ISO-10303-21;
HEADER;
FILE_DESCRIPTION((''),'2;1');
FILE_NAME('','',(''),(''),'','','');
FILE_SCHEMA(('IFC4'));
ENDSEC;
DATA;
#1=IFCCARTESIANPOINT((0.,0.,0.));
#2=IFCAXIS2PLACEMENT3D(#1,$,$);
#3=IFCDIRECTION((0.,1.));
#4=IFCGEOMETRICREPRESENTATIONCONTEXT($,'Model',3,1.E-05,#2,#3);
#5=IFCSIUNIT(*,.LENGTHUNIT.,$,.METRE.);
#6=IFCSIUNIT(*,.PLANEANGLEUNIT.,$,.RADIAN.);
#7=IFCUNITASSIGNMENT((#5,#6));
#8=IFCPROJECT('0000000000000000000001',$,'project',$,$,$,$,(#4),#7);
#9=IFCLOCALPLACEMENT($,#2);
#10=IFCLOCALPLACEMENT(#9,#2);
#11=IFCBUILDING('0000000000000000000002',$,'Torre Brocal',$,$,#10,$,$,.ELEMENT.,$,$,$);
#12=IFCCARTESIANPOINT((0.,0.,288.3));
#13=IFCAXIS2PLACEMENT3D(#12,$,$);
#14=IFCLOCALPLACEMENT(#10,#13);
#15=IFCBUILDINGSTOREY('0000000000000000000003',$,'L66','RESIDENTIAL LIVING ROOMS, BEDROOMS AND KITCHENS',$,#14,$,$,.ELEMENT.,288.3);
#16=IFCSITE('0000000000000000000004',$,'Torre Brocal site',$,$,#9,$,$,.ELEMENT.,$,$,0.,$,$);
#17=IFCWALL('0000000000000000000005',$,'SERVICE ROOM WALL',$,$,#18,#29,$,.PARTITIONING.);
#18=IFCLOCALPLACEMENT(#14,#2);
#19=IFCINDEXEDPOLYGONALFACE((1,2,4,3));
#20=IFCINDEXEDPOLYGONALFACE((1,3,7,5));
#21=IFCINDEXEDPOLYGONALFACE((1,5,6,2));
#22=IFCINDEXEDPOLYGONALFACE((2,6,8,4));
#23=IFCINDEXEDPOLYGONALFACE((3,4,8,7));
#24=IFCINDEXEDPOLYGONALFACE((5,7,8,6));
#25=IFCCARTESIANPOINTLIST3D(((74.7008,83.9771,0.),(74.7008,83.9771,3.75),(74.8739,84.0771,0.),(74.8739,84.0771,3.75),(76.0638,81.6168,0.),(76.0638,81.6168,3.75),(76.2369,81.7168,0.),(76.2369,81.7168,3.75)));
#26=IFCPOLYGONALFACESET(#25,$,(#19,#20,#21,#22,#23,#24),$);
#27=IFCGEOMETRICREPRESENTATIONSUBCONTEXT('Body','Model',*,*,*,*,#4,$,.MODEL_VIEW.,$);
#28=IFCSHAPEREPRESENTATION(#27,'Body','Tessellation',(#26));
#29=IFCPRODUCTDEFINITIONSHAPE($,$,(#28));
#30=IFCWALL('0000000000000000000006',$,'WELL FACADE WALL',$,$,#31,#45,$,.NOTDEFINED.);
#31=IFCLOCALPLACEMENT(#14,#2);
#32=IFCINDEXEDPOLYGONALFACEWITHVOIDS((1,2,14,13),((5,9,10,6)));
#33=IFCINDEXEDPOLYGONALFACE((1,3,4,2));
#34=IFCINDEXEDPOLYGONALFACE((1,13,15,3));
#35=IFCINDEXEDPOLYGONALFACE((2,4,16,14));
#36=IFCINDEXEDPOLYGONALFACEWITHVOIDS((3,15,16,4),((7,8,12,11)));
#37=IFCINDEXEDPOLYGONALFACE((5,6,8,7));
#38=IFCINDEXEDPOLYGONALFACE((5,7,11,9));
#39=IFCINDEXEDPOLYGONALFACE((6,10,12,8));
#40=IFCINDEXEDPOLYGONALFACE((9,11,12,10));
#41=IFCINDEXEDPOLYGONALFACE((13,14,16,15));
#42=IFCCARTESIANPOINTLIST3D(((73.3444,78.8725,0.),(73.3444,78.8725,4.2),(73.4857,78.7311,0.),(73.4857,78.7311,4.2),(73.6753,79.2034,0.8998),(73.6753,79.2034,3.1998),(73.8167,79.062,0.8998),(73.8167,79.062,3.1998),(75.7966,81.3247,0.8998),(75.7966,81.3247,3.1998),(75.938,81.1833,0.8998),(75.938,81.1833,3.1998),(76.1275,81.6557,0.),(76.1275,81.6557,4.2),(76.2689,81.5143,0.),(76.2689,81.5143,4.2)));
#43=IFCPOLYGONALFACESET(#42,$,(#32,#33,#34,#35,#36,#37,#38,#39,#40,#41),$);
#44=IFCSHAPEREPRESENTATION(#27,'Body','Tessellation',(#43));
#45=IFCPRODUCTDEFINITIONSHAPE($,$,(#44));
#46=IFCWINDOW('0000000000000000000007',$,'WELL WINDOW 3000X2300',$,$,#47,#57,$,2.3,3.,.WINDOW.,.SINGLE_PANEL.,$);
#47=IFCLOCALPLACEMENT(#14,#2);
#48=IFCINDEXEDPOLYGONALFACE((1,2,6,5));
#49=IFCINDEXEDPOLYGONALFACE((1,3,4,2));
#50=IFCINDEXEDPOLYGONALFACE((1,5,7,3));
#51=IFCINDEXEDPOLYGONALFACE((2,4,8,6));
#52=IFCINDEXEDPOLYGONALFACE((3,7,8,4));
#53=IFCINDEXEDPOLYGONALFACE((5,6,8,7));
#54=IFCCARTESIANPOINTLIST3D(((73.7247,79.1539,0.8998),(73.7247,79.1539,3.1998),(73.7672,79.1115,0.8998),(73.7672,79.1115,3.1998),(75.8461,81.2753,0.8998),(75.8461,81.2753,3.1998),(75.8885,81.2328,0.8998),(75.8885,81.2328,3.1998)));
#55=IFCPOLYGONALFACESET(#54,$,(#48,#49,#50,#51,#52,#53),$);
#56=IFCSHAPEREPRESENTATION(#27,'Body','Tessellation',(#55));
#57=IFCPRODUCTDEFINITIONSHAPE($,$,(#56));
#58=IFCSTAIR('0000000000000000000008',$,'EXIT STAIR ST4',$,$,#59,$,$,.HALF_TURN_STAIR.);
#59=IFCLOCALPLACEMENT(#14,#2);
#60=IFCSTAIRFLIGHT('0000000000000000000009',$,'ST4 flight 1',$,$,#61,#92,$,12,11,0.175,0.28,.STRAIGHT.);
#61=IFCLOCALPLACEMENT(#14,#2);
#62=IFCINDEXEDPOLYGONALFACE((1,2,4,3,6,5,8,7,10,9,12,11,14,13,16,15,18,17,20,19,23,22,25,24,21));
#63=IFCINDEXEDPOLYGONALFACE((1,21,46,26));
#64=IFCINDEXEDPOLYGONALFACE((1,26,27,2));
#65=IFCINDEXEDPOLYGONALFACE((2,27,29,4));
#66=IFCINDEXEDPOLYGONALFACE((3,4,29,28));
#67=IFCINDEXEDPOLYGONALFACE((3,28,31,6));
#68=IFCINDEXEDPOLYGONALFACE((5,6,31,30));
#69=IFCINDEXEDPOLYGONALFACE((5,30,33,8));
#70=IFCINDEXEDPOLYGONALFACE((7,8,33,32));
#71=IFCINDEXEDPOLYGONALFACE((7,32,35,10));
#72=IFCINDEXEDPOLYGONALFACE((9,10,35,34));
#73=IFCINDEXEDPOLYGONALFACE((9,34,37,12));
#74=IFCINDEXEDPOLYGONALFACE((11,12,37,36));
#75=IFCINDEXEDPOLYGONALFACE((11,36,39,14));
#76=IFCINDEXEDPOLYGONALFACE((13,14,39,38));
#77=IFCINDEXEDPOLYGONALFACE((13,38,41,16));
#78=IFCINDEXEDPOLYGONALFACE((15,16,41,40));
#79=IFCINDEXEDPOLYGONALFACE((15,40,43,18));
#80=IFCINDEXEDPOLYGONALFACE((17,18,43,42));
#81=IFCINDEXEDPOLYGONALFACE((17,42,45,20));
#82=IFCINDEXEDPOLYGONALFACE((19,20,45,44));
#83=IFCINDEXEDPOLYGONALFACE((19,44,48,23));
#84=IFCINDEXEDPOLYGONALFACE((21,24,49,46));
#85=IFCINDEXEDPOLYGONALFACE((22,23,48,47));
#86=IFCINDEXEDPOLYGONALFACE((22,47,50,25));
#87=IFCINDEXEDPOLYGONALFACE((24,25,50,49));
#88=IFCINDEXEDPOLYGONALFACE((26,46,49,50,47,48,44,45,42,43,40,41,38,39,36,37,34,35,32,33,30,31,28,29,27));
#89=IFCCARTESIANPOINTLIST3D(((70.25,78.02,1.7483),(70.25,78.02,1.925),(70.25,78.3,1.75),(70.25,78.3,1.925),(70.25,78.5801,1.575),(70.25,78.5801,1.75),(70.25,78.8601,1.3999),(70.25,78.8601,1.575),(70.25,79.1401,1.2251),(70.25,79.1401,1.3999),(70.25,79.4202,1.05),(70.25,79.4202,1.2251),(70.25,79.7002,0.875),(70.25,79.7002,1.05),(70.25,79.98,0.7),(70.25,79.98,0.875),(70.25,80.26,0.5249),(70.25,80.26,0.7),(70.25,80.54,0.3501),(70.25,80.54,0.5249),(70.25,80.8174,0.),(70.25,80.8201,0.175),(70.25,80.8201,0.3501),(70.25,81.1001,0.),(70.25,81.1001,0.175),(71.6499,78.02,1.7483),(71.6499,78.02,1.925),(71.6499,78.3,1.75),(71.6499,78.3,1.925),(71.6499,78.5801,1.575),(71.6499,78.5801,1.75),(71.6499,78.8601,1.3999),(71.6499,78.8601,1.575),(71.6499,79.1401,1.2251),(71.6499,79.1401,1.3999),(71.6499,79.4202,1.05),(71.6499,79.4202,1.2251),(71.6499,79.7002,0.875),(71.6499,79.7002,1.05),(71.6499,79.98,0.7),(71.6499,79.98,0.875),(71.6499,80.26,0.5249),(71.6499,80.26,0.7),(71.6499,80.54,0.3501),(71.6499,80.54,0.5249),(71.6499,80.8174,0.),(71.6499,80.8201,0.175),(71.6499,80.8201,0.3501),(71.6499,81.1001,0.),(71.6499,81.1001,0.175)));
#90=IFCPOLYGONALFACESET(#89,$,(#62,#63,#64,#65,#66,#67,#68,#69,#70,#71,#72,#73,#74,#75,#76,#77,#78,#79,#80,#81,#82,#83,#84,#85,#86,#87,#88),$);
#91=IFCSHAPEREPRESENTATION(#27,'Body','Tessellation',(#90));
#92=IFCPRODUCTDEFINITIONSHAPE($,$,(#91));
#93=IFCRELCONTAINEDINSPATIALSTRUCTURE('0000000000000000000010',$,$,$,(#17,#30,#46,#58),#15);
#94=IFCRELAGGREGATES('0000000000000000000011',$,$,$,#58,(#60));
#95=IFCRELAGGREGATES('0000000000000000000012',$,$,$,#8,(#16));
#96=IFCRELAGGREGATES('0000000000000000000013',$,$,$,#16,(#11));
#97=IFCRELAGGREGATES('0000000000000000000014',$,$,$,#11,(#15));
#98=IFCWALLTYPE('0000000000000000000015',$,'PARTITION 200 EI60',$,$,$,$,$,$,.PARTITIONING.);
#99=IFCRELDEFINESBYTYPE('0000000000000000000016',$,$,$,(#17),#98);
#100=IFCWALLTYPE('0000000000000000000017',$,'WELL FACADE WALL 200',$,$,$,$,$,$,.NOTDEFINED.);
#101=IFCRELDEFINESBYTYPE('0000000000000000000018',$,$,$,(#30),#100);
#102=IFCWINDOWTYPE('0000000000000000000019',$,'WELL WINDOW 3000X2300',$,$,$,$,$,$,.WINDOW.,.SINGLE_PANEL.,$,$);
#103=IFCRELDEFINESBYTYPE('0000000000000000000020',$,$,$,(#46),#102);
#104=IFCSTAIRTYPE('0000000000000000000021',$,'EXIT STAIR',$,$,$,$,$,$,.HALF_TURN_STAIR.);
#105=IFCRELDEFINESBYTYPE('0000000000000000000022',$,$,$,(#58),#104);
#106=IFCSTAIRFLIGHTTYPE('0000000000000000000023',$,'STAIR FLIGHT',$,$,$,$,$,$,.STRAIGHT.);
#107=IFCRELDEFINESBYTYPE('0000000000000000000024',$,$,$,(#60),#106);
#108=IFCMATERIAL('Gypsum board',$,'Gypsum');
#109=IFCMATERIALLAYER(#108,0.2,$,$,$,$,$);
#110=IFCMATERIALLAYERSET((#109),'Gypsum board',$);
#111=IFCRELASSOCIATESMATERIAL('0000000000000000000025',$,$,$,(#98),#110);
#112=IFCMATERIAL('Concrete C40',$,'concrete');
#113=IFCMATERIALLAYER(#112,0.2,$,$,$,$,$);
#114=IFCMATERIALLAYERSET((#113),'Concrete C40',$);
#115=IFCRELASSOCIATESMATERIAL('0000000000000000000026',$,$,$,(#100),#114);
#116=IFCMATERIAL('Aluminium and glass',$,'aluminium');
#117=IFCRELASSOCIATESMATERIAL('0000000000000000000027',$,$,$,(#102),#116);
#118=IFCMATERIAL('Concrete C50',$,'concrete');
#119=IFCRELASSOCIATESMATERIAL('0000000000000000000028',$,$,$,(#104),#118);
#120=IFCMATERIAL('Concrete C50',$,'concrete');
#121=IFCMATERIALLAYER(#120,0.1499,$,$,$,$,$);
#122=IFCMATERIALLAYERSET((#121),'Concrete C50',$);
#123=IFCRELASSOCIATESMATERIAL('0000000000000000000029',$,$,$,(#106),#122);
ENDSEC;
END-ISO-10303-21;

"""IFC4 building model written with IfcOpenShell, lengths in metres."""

from ifc_helpers import new_model, si_unit, direction, frame, frame_2d, origin, place, context, subcontext, project, spatial, polyline, rectangle, outline, extrude, material, layer, layer_set, type_object, element, fill, aggregate, save


model = new_model("IFC4")

# Units and contexts
model_context = context("Model", 3, precision=1e-05, world=origin(), true_north=direction((0.0, 1.0)))
body_context = subcontext(model_context, "Body", "Model", "MODEL_VIEW")
ifc_project = project(units=[si_unit("LENGTHUNIT", "METRE"), si_unit("PLANEANGLEUNIT", "RADIAN")], contexts=[model_context])

# Site, building, storey
site_placement = place(None, origin())
site = spatial("IfcSite", under=ifc_project, at=site_placement, Name="Torre Brocal site", CompositionType="ELEMENT", RefElevation=0.0)
building_placement = place(site_placement, origin())
building = spatial("IfcBuilding", under=site, at=building_placement, Name="Torre Brocal", CompositionType="ELEMENT")
storey_placement = place(building_placement, frame((0.0, 0.0, 288.3)))
storey = spatial("IfcBuildingStorey", under=building, at=storey_placement, Name="L66", Description="RESIDENTIAL LIVING ROOMS, BEDROOMS AND KITCHENS", CompositionType="ELEMENT", Elevation=288.3)

# Shared definitions
ifc_material_1 = material(Name="Gypsum board", Category="Gypsum")
ifc_layer_1 = layer(ifc_material_1, 0.2)
ifc_layer_set_1 = layer_set([ifc_layer_1], Name="Gypsum board")
wall_type_1 = type_object("IfcWallType", Name="PARTITION 200 EI60", PredefinedType="PARTITIONING", material=ifc_layer_set_1)

# Wall
wall_1_placement = place(storey_placement, frame((74.7874, 84.0271, 0.0), z_axis=(0.0, 0.0, 1.0), x_axis=(0.500079, -0.86598, 0.0)))
element("IfcWall", 1, at=wall_1_placement, inside=storey, type_object=wall_type_1, Name="SERVICE ROOM WALL", PredefinedType="PARTITIONING", context=body_context, shape_type="SweptSolid", body=[
    extrude(rectangle(XDim=2.7256, YDim=0.2, at=frame_2d((1.3628, 0.0))), origin(), (0.0, 0.0, 1.0), 3.75),
])

# Wall, opening, window
ifc_material_2 = material(Name="Concrete C40", Category="concrete")
ifc_layer_2 = layer(ifc_material_2, 0.2)
ifc_layer_set_2 = layer_set([ifc_layer_2], Name="Concrete C40")
wall_type_2 = type_object("IfcWallType", Name="WELL FACADE WALL 200", PredefinedType="NOTDEFINED", material=ifc_layer_set_2)
wall_2_placement = place(storey_placement, frame((76.1982, 81.585, 0.0), z_axis=(0.0, 0.0, 1.0), x_axis=(-0.707107, -0.707107, 0.0)))
wall_2 = element("IfcWall", 2, at=wall_2_placement, inside=storey, type_object=wall_type_2, Name="WELL FACADE WALL", PredefinedType="NOTDEFINED", context=body_context, shape_type="SweptSolid", body=[
    extrude(rectangle(XDim=3.936, YDim=0.2, at=frame_2d((1.968, 0.0))), origin(), (0.0, 0.0, 1.0), 4.2),
])
opening_1_placement = place(wall_2_placement, frame((0.468, 0.0, 0.8999)))
opening_1 = element("IfcOpeningElement", 3, at=opening_1_placement, cuts=wall_2, PredefinedType="OPENING", context=body_context, shape_type="SweptSolid", body=[
    extrude(rectangle(XDim=3.0, YDim=2.3, at=frame_2d((1.5, 1.1499))), frame((0.0, 0.1099, 0.0), z_axis=(0.0, -1.0, 0.0), x_axis=(1.0, 0.0, 0.0)), (0.0, 0.0, 1.0), 0.22),
])
ifc_material_3 = material(Name="Aluminium and glass", Category="aluminium")
window_type = type_object("IfcWindowType", Name="WELL WINDOW 3000X2300", PartitioningType="SINGLE_PANEL", PredefinedType="WINDOW", material=ifc_material_3)
window_placement = place(opening_1_placement, origin())
window = element("IfcWindow", 4, at=window_placement, inside=storey, type_object=window_type, Name="WELL WINDOW 3000X2300", OverallHeight=2.3, OverallWidth=3.0, PartitioningType="SINGLE_PANEL", PredefinedType="WINDOW", context=body_context, shape_type="SweptSolid", body=[
    extrude(rectangle(XDim=3.0, YDim=2.3, at=frame_2d((1.5, 1.1499))), frame((0.0, 0.03, 0.0), z_axis=(0.0, -1.0, 0.0), x_axis=(1.0, 0.0, 0.0)), (0.0, 0.0, 1.0), 0.0601),
])
fill(opening_1, window)

# Stair, stair flight
ifc_material_4 = material(Name="Concrete C50", Category="concrete")
stair_type = type_object("IfcStairType", Name="EXIT STAIR", PredefinedType="HALF_TURN_STAIR", material=ifc_material_4)
stair_placement = place(storey_placement, origin())
stair = element("IfcStair", 5, at=stair_placement, inside=storey, type_object=stair_type, Name="EXIT STAIR ST4", PredefinedType="HALF_TURN_STAIR")
ifc_material_5 = material(Name="Concrete C50", Category="concrete")
ifc_layer_3 = layer(ifc_material_5, 0.1499)
ifc_layer_set_3 = layer_set([ifc_layer_3], Name="Concrete C50")
stair_flight_type = type_object("IfcStairFlightType", Name="STAIR FLIGHT", PredefinedType="STRAIGHT", material=ifc_layer_set_3)
stair_flight_placement = place(storey_placement, frame((70.95, 81.1001, 0.0), z_axis=(0.0, 0.0, 1.0), x_axis=(0.0, -1.0, 0.0)))
stair_flight = element("IfcStairFlight", 6, at=stair_flight_placement, type_object=stair_flight_type, Name="ST4 flight 1", NumberOfRisers=12, NumberOfTreads=11, PredefinedType="STRAIGHT", RiserHeight=0.175, TreadLength=0.28, context=body_context, shape_type="SweptSolid", body=[
    extrude(outline(polyline([(0.0, 0.0), (0.0, 0.175), (0.28, 0.175), (0.28, 0.3501), (0.5601, 0.3501), (0.5601, 0.5249), (0.8401, 0.5249), (0.8401, 0.7), (1.1201, 0.7), (1.1201, 0.875), (1.3999, 0.875), (1.3999, 1.05), (1.6799, 1.05), (1.6799, 1.2251), (1.96, 1.2251), (1.96, 1.3999), (2.24, 1.3999), (2.24, 1.575), (2.52, 1.575), (2.52, 1.75), (2.8, 1.75), (2.8, 1.925), (3.0801, 1.925), (3.0801, 2.1001), (3.0801, 1.7483), (0.2827, 0.0), (0.0, 0.0)])), frame((0.0, 0.7, 0.0), z_axis=(0.0, -1.0, 0.0), x_axis=(1.0, 0.0, 0.0)), (0.0, 0.0, 1.0), 1.3999),
])
aggregate(stair, [stair_flight])

save(model, "model.ifc")
